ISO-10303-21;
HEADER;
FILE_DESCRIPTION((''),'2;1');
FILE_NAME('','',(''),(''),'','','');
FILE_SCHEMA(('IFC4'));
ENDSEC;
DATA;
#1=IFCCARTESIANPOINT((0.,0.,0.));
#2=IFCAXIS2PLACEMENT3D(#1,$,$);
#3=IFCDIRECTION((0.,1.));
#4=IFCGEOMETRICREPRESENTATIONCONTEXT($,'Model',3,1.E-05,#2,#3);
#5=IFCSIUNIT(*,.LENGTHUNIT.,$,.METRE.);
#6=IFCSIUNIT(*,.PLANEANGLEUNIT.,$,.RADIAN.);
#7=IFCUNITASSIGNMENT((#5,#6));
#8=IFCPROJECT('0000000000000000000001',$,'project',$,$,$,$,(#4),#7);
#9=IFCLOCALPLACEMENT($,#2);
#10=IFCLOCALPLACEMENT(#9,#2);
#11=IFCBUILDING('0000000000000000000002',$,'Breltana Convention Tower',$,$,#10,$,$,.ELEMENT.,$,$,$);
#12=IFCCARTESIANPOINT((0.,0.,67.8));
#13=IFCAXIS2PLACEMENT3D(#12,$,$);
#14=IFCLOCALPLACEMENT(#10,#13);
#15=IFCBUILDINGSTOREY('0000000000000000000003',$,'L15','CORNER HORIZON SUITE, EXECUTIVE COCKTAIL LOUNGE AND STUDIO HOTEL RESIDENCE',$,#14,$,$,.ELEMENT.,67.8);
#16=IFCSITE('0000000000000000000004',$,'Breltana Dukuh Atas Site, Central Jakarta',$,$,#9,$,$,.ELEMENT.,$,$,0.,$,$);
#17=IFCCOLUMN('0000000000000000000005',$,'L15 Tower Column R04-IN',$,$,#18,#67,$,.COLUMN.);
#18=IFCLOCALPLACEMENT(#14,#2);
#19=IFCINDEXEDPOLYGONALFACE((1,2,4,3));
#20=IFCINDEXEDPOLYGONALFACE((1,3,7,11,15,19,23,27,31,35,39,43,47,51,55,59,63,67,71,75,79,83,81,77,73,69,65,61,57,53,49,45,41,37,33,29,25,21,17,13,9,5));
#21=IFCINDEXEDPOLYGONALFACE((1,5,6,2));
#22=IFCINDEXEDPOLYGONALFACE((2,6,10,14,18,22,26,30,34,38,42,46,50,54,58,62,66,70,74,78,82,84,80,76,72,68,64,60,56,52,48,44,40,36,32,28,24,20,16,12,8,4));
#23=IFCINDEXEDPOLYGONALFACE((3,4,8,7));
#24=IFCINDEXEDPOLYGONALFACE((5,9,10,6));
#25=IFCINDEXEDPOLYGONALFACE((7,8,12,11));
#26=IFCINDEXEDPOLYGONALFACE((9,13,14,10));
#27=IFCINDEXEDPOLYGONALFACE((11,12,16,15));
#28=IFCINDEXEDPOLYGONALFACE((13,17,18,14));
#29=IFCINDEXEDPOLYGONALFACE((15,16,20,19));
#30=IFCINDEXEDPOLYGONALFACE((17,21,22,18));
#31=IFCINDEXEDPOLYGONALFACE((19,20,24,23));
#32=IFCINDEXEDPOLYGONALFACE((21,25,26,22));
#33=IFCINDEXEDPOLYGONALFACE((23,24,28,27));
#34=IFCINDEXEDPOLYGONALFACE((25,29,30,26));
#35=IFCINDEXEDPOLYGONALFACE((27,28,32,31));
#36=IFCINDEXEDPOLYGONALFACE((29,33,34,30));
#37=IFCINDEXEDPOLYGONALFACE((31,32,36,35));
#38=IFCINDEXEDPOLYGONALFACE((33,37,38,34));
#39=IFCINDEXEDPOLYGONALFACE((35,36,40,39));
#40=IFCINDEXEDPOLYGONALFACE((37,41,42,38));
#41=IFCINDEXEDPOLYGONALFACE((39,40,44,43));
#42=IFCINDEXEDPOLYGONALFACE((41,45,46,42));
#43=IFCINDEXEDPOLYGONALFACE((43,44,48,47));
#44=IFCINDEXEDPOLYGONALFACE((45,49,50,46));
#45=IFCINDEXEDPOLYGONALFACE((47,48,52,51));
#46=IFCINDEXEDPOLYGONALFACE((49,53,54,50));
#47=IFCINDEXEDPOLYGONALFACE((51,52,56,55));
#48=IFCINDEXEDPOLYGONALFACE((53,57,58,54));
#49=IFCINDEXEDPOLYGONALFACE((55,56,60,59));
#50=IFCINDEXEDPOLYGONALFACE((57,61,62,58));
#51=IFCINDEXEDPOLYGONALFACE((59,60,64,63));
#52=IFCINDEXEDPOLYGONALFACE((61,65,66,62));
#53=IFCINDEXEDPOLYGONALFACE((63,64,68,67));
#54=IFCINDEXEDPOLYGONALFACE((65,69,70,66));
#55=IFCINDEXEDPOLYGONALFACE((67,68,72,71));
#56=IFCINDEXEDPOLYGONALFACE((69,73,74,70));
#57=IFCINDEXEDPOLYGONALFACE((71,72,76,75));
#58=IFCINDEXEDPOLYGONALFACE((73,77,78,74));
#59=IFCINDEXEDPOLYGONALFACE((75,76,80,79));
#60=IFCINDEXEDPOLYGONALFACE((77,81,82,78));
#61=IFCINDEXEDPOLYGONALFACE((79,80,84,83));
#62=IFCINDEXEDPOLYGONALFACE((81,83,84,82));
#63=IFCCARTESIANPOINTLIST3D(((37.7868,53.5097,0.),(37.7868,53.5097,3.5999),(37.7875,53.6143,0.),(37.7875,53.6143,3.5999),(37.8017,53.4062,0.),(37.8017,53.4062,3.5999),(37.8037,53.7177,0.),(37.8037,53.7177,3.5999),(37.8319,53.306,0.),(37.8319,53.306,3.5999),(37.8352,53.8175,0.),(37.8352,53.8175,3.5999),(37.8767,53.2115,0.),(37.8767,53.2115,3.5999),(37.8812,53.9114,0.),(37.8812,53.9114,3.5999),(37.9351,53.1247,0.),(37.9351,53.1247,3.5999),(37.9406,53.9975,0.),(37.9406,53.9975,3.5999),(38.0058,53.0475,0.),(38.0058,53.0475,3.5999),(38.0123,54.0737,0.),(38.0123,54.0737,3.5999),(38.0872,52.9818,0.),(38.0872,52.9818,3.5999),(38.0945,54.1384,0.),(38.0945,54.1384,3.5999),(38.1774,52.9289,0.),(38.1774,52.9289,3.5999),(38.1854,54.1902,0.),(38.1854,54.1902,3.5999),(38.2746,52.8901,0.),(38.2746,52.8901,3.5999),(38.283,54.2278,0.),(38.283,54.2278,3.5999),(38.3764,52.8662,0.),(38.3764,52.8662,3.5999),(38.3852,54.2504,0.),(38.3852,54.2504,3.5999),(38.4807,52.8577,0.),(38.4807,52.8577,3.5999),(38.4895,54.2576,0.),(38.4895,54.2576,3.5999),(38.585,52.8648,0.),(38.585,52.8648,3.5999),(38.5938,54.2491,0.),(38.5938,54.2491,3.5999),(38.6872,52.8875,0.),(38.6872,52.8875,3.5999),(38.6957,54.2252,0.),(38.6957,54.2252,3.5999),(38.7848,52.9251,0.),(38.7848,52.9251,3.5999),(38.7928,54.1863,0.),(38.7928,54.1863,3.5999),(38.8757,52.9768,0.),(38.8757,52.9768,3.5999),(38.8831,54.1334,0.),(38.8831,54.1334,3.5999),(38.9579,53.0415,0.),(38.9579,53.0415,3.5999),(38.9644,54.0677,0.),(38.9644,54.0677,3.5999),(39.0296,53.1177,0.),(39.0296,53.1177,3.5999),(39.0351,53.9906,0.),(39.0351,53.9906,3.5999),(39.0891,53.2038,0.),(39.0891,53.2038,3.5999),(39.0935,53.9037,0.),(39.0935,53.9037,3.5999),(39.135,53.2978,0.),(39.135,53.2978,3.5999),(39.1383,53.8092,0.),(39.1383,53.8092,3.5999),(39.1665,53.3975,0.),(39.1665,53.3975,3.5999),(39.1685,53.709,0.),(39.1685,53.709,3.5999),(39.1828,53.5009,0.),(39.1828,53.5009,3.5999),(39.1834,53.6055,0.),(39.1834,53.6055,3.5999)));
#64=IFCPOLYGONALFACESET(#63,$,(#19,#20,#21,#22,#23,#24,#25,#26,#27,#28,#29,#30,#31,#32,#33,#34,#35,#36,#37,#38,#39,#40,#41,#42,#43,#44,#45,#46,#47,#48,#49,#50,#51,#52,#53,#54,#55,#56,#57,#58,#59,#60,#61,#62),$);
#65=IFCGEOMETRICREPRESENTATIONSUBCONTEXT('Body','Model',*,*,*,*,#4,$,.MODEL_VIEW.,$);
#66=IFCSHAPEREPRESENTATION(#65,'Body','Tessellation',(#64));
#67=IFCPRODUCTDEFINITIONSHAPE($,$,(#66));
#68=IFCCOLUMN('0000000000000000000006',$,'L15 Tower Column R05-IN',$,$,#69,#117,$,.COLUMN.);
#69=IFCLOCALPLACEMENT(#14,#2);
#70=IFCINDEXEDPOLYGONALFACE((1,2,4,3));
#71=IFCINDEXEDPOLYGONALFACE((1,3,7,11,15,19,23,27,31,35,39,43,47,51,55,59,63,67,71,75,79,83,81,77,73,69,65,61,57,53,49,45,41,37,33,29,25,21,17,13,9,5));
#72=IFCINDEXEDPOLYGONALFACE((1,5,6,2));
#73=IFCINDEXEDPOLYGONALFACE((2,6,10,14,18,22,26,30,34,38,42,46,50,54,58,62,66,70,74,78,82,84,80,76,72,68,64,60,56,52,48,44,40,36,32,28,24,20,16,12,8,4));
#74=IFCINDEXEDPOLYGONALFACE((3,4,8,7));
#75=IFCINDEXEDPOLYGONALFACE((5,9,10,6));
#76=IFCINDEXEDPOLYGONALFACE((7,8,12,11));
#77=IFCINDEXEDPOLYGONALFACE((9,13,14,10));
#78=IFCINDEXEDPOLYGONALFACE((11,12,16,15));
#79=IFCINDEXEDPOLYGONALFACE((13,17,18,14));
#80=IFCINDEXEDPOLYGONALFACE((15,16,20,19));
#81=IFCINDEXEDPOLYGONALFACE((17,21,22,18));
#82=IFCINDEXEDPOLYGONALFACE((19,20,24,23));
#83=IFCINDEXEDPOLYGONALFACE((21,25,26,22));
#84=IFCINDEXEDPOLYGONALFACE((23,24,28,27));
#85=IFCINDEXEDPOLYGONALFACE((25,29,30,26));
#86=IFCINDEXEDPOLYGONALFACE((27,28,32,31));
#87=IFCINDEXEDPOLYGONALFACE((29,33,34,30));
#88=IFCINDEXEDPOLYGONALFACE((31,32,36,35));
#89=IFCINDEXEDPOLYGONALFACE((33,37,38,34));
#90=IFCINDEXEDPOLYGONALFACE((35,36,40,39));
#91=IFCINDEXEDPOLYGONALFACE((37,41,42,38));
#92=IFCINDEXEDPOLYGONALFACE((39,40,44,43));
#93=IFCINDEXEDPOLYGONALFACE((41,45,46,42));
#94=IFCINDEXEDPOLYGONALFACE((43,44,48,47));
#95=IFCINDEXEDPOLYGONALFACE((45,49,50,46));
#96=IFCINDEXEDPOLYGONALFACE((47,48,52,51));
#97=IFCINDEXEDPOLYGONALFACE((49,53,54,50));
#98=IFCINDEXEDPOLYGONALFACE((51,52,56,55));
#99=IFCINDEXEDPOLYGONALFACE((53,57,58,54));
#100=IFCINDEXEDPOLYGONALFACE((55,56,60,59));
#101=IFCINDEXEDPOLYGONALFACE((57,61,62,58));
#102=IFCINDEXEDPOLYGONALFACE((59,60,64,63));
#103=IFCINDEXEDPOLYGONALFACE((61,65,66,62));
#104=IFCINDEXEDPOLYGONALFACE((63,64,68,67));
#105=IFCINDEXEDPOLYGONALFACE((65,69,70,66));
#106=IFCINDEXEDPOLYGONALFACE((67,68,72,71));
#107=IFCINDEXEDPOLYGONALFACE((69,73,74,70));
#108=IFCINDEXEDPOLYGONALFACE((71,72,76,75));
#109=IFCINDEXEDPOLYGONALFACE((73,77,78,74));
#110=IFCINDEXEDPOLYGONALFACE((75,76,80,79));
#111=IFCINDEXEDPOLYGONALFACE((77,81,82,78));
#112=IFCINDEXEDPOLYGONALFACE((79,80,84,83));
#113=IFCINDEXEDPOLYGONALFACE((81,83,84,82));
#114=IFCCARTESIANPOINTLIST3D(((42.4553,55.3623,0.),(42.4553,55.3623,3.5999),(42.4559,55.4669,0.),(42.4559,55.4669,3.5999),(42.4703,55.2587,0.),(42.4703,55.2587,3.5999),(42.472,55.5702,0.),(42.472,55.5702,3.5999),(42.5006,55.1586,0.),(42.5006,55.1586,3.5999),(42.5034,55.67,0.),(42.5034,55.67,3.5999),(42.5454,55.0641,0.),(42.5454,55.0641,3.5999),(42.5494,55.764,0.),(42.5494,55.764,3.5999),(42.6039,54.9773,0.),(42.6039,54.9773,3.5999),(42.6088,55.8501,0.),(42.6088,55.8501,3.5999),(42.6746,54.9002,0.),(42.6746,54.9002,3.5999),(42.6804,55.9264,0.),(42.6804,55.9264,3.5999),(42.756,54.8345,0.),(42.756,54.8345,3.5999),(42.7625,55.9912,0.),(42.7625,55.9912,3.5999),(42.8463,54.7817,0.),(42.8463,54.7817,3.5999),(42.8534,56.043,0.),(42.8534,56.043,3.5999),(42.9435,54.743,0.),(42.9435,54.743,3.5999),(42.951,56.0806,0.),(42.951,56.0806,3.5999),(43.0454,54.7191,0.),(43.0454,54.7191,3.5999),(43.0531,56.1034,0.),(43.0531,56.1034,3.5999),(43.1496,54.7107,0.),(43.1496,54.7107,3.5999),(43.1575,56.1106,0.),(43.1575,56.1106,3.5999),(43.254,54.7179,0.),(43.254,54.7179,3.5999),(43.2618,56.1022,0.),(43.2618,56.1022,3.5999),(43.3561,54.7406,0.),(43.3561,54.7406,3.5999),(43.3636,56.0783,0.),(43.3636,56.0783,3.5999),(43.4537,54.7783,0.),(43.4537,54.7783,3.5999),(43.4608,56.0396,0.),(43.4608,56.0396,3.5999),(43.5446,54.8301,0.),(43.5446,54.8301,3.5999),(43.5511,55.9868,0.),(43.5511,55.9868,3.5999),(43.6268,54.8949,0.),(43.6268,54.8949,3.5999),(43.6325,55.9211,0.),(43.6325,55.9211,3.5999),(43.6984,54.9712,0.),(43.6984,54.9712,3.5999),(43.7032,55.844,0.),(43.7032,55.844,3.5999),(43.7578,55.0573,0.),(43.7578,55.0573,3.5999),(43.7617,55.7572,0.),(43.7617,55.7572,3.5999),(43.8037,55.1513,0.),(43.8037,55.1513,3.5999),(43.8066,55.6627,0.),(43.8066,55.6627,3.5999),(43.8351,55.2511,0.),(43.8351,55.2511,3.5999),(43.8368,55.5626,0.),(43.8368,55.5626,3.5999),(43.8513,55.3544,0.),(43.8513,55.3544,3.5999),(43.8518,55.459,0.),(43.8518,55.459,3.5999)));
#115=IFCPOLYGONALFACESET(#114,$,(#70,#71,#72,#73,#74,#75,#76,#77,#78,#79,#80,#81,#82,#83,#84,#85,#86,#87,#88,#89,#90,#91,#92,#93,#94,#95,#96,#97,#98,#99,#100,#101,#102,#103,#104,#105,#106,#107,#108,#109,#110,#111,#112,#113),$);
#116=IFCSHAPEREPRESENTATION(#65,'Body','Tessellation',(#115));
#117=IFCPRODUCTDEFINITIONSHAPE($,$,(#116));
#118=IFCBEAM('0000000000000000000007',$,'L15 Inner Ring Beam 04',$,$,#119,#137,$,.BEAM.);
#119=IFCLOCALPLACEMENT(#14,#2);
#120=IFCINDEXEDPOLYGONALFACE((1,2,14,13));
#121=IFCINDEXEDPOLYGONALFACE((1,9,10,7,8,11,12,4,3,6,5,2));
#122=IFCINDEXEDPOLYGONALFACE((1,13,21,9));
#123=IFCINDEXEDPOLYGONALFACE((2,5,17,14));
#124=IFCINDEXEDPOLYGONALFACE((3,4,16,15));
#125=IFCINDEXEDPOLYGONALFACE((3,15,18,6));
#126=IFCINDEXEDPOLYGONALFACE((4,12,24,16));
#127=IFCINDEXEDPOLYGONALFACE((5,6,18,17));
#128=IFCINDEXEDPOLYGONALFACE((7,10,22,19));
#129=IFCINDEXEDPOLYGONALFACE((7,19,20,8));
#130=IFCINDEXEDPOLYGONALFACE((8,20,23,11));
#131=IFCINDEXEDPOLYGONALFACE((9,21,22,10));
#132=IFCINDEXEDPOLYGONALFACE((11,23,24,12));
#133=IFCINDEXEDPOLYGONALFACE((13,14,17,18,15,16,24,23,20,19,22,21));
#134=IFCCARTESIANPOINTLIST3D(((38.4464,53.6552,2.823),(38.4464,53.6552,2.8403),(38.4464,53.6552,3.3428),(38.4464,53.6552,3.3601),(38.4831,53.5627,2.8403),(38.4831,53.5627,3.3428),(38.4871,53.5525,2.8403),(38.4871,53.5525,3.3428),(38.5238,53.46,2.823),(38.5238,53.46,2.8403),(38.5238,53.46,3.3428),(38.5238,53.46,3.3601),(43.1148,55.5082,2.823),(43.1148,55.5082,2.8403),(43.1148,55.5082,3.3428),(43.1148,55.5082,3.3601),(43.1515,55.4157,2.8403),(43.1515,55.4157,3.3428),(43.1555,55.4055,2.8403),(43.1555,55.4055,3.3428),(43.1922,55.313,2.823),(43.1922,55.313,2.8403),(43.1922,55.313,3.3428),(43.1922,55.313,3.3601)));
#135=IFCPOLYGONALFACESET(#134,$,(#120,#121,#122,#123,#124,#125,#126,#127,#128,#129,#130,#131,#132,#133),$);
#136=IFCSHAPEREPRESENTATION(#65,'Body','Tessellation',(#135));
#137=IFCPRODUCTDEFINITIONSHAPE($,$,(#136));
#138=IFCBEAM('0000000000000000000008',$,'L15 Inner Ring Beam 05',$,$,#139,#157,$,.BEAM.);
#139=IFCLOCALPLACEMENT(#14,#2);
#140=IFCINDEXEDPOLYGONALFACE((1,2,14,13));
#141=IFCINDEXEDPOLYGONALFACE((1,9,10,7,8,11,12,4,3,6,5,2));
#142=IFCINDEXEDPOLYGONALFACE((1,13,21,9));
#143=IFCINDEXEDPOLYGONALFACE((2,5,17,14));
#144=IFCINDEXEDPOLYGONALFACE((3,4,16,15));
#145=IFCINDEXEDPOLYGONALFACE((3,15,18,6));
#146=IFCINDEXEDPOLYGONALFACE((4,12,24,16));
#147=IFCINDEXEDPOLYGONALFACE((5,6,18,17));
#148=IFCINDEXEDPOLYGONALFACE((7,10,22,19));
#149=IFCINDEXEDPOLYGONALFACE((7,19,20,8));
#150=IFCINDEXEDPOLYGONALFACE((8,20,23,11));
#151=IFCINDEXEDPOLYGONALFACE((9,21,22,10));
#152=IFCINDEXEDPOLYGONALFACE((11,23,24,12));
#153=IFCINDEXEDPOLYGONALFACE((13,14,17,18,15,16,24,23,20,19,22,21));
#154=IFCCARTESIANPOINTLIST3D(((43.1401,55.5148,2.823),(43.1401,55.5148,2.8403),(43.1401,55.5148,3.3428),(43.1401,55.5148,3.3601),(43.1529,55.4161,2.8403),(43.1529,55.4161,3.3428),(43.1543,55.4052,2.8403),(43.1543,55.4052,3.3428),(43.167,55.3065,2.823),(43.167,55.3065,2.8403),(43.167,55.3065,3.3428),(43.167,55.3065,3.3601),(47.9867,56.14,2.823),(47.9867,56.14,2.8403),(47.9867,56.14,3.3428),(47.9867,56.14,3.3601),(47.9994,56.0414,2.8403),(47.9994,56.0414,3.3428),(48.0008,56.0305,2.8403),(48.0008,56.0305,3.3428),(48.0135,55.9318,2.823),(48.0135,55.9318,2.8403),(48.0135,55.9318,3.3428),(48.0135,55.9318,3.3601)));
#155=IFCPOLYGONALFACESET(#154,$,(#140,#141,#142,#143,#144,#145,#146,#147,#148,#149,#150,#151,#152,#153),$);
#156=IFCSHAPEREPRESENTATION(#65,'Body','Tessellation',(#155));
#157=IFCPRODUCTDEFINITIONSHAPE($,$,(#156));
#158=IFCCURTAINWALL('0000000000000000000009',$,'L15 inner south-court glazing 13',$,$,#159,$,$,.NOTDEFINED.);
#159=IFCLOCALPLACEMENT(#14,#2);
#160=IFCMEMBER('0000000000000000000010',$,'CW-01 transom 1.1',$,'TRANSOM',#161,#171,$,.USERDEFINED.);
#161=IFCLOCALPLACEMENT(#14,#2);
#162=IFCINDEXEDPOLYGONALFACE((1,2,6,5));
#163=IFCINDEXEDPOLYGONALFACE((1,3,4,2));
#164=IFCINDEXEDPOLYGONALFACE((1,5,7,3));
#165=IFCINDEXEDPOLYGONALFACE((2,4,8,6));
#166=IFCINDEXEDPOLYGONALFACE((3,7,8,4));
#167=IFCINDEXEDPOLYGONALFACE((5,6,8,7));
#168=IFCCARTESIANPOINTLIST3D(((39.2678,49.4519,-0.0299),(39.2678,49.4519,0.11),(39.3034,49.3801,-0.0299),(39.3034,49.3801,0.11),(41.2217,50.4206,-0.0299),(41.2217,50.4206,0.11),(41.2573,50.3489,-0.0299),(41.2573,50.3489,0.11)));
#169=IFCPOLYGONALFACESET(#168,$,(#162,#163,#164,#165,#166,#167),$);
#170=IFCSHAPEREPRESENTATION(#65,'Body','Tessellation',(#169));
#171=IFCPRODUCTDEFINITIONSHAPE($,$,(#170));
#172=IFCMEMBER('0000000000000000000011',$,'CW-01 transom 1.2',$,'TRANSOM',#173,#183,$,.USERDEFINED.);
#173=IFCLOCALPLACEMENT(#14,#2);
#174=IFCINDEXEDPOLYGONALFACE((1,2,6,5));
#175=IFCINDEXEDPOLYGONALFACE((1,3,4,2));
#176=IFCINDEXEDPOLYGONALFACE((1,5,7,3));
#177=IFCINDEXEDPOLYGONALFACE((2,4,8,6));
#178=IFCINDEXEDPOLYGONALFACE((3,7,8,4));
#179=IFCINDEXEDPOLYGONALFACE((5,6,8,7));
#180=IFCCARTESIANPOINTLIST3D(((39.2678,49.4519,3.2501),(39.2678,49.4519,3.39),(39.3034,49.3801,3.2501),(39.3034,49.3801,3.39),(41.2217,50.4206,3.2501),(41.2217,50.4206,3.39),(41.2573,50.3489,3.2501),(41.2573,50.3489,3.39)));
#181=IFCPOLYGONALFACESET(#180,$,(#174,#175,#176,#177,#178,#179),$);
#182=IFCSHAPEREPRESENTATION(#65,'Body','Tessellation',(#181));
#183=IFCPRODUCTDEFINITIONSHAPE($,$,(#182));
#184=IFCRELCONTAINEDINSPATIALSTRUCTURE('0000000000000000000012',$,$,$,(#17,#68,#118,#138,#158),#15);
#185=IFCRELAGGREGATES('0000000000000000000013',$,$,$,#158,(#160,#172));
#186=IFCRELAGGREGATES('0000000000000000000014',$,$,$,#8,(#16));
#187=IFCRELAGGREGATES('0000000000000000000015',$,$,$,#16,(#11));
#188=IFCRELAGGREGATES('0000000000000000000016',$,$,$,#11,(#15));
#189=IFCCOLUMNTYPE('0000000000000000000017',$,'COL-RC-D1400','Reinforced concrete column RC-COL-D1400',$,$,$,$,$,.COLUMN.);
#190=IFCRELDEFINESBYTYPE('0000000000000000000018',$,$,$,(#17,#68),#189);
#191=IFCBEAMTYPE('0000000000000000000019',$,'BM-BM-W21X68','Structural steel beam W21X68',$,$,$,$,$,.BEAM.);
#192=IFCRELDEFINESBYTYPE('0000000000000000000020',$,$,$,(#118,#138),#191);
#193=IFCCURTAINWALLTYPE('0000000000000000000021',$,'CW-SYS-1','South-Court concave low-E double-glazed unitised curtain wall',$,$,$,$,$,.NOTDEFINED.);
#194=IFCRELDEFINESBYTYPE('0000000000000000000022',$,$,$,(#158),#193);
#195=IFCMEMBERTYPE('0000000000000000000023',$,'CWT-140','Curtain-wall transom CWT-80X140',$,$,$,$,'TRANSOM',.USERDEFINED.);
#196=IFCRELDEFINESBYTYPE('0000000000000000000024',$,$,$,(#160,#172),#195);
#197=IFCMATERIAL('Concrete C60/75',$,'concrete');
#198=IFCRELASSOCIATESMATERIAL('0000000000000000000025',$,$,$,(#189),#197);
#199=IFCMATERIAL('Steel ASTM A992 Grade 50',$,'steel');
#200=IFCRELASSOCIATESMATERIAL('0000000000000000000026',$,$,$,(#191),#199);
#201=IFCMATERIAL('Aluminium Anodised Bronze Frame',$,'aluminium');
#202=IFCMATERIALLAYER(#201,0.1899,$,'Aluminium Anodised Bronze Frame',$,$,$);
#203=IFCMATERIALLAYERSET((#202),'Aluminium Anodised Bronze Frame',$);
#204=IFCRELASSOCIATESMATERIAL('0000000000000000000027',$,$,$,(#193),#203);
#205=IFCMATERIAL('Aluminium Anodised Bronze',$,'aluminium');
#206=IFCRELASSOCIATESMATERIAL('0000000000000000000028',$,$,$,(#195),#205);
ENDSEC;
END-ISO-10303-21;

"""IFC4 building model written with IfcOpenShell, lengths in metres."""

from ifc_helpers import new_model, si_unit, direction, frame, origin, origin_2d, place, context, subcontext, project, spatial, rectangle, circle, i_section, extrude, source, transform, mapped, material, layer, layer_set, material_profile, profile_set, type_object, element, aggregate, save


model = new_model("IFC4")

# Units and contexts
model_context = context("Model", 3, precision=1e-05, world=origin(), true_north=direction((0.0, 1.0)))
body_context = subcontext(model_context, "Body", "Model", "MODEL_VIEW")
ifc_project = project(units=[si_unit("LENGTHUNIT", "METRE"), si_unit("PLANEANGLEUNIT", "RADIAN")], contexts=[model_context])

# Site, building, storey
site_placement = place(None, origin())
site = spatial("IfcSite", under=ifc_project, at=site_placement, Name="Breltana Dukuh Atas Site, Central Jakarta", CompositionType="ELEMENT", RefElevation=0.0)
building_placement = place(site_placement, origin())
building = spatial("IfcBuilding", under=site, at=building_placement, Name="Breltana Convention Tower", CompositionType="ELEMENT")
storey_placement = place(building_placement, frame((0.0, 0.0, 67.8)))
storey = spatial("IfcBuildingStorey", under=building, at=storey_placement, Name="L15", Description="CORNER HORIZON SUITE, EXECUTIVE COCKTAIL LOUNGE AND STUDIO HOTEL RESIDENCE", CompositionType="ELEMENT", Elevation=67.8)

# Columns
ifc_material_1 = material(Name="Concrete C60/75", Category="concrete")
ifc_material_profile_1 = material_profile(ifc_material_1, circle(Radius=0.7, at=origin_2d()), Name="RC-COL-D1400")
ifc_profile_set_1 = profile_set([ifc_material_profile_1], Name="Concrete C60/75")
column_type = type_object("IfcColumnType", Name="COL-RC-D1400", Description="Reinforced concrete column RC-COL-D1400", PredefinedType="COLUMN", material=ifc_profile_set_1)
shared_shape_1 = source(origin(), body_context, "Body", "SweptSolid", [
    extrude(circle(Radius=0.7, at=origin_2d()), origin(), (0.0, 0.0, 1.0), 3.5999),
])
for number, where, z_axis, x_axis, name in (
    (1, (38.4851, 53.5576, 0.0), (0.0, 0.0, 1.0), (-0.288698, 0.95742, 0.0), "L15 Tower Column R04-IN"),
    (2, (43.1536, 55.4106, 0.0), (0.0, 0.0, 1.0), (-0.143493, 0.989651, 0.0), "L15 Tower Column R05-IN"),
):
    element("IfcColumn", number, at=place(storey_placement, frame(where, z_axis=z_axis, x_axis=x_axis)), inside=storey, type_object=column_type, Name=name, PredefinedType="COLUMN", context=body_context, shape_type="MappedRepresentation", body=[
        mapped(shared_shape_1, transform((0.0, 0.0, 0.0), scale=1.0)),
    ])

# Beams
ifc_material_2 = material(Name="Steel ASTM A992 Grade 50", Category="steel")
ifc_material_profile_2 = material_profile(ifc_material_2, i_section(OverallWidth=0.21, OverallDepth=0.5371, WebThickness=0.011, FlangeThickness=0.0173, at=origin_2d()), Name="W21X68")
ifc_profile_set_2 = profile_set([ifc_material_profile_2], Name="Steel ASTM A992 Grade 50")
beam_type = type_object("IfcBeamType", Name="BM-BM-W21X68", Description="Structural steel beam W21X68", PredefinedType="BEAM", material=ifc_profile_set_2)
shared_shape_2 = source(origin(), body_context, "Body", "SweptSolid", [
    extrude(i_section(OverallWidth=0.21, OverallDepth=0.5371, WebThickness=0.011, FlangeThickness=0.0173, at=origin_2d()), origin(), (0.0, 0.0, 1.0), 5.0227),
])
beam_1_placement = place(storey_placement, frame((38.4851, 53.5576, 3.0916), z_axis=(0.929459, 0.368926, 0.0), x_axis=(-0.368926, 0.929459, 0.0)))
element("IfcBeam", 3, at=beam_1_placement, inside=storey, type_object=beam_type, Name="L15 Inner Ring Beam 04", PredefinedType="BEAM", context=body_context, shape_type="MappedRepresentation", body=[
    mapped(shared_shape_2, transform((0.0, 0.0, 0.0), scale=1.0)),
])
shared_shape_3 = source(origin(), body_context, "Body", "SweptSolid", [
    extrude(i_section(OverallWidth=0.21, OverallDepth=0.5371, WebThickness=0.011, FlangeThickness=0.0173, at=origin_2d()), origin(), (0.0, 0.0, 1.0), 4.8867),
])
beam_2_placement = place(storey_placement, frame((43.1536, 55.4106, 3.0916), z_axis=(0.991781, 0.127951, 0.0), x_axis=(-0.127951, 0.991781, 0.0)))
element("IfcBeam", 4, at=beam_2_placement, inside=storey, type_object=beam_type, Name="L15 Inner Ring Beam 05", PredefinedType="BEAM", context=body_context, shape_type="MappedRepresentation", body=[
    mapped(shared_shape_3, transform((0.0, 0.0, 0.0), scale=1.0)),
])

# Curtain wall, members
ifc_material_3 = material(Name="Aluminium Anodised Bronze Frame", Category="aluminium")
ifc_layer_1 = layer(ifc_material_3, 0.1899, Name="Aluminium Anodised Bronze Frame")
ifc_layer_set_1 = layer_set([ifc_layer_1], Name="Aluminium Anodised Bronze Frame")
curtain_wall_type = type_object("IfcCurtainWallType", Name="CW-SYS-1", Description="South-Court concave low-E double-glazed unitised curtain wall", PredefinedType="NOTDEFINED", material=ifc_layer_set_1)
curtain_wall_1_placement = place(storey_placement, origin())
curtain_wall_1 = element("IfcCurtainWall", 5, at=curtain_wall_1_placement, inside=storey, type_object=curtain_wall_type, Name="L15 inner south-court glazing 13", PredefinedType="NOTDEFINED")
ifc_material_4 = material(Name="Aluminium Anodised Bronze", Category="aluminium")
ifc_material_profile_3 = material_profile(ifc_material_4, rectangle(XDim=0.0801, YDim=0.1399, at=origin_2d()), Name="CWT-80X140")
ifc_profile_set_3 = profile_set([ifc_material_profile_3], Name="Aluminium Anodised Bronze")
member_type_1 = type_object("IfcMemberType", Name="CWT-140", Description="Curtain-wall transom CWT-80X140", ElementType="TRANSOM", PredefinedType="USERDEFINED", material=ifc_profile_set_3)
shared_shape_4 = source(origin(), body_context, "Body", "SweptSolid", [
    extrude(rectangle(XDim=0.0801, YDim=0.1399, at=origin_2d()), origin(), (0.0, 0.0, 1.0), 2.1809),
])
member_1_placement = place(storey_placement, frame((41.2395, 50.3848, 0.04), z_axis=(-0.895922, -0.444211, 0.0), x_axis=(0.444211, -0.895922, 0.0)))
member_1 = element("IfcMember", 6, at=member_1_placement, type_object=member_type_1, Name="CW-01 transom 1.1", ObjectType="TRANSOM", PredefinedType="USERDEFINED", context=body_context, shape_type="MappedRepresentation", body=[
    mapped(shared_shape_4, transform((0.0, 0.0, 0.0), scale=1.0)),
])
member_2_placement = place(storey_placement, frame((41.2395, 50.3848, 3.3201), z_axis=(-0.895922, -0.444211, 0.0), x_axis=(0.444211, -0.895922, 0.0)))
member_2 = element("IfcMember", 7, at=member_2_placement, type_object=member_type_1, Name="CW-01 transom 1.2", ObjectType="TRANSOM", PredefinedType="USERDEFINED", context=body_context, shape_type="MappedRepresentation", body=[
    mapped(shared_shape_4, transform((0.0, 0.0, 0.0), scale=1.0)),
])

aggregate(curtain_wall_1, [member_1, member_2])

save(model, "model.ifc")
